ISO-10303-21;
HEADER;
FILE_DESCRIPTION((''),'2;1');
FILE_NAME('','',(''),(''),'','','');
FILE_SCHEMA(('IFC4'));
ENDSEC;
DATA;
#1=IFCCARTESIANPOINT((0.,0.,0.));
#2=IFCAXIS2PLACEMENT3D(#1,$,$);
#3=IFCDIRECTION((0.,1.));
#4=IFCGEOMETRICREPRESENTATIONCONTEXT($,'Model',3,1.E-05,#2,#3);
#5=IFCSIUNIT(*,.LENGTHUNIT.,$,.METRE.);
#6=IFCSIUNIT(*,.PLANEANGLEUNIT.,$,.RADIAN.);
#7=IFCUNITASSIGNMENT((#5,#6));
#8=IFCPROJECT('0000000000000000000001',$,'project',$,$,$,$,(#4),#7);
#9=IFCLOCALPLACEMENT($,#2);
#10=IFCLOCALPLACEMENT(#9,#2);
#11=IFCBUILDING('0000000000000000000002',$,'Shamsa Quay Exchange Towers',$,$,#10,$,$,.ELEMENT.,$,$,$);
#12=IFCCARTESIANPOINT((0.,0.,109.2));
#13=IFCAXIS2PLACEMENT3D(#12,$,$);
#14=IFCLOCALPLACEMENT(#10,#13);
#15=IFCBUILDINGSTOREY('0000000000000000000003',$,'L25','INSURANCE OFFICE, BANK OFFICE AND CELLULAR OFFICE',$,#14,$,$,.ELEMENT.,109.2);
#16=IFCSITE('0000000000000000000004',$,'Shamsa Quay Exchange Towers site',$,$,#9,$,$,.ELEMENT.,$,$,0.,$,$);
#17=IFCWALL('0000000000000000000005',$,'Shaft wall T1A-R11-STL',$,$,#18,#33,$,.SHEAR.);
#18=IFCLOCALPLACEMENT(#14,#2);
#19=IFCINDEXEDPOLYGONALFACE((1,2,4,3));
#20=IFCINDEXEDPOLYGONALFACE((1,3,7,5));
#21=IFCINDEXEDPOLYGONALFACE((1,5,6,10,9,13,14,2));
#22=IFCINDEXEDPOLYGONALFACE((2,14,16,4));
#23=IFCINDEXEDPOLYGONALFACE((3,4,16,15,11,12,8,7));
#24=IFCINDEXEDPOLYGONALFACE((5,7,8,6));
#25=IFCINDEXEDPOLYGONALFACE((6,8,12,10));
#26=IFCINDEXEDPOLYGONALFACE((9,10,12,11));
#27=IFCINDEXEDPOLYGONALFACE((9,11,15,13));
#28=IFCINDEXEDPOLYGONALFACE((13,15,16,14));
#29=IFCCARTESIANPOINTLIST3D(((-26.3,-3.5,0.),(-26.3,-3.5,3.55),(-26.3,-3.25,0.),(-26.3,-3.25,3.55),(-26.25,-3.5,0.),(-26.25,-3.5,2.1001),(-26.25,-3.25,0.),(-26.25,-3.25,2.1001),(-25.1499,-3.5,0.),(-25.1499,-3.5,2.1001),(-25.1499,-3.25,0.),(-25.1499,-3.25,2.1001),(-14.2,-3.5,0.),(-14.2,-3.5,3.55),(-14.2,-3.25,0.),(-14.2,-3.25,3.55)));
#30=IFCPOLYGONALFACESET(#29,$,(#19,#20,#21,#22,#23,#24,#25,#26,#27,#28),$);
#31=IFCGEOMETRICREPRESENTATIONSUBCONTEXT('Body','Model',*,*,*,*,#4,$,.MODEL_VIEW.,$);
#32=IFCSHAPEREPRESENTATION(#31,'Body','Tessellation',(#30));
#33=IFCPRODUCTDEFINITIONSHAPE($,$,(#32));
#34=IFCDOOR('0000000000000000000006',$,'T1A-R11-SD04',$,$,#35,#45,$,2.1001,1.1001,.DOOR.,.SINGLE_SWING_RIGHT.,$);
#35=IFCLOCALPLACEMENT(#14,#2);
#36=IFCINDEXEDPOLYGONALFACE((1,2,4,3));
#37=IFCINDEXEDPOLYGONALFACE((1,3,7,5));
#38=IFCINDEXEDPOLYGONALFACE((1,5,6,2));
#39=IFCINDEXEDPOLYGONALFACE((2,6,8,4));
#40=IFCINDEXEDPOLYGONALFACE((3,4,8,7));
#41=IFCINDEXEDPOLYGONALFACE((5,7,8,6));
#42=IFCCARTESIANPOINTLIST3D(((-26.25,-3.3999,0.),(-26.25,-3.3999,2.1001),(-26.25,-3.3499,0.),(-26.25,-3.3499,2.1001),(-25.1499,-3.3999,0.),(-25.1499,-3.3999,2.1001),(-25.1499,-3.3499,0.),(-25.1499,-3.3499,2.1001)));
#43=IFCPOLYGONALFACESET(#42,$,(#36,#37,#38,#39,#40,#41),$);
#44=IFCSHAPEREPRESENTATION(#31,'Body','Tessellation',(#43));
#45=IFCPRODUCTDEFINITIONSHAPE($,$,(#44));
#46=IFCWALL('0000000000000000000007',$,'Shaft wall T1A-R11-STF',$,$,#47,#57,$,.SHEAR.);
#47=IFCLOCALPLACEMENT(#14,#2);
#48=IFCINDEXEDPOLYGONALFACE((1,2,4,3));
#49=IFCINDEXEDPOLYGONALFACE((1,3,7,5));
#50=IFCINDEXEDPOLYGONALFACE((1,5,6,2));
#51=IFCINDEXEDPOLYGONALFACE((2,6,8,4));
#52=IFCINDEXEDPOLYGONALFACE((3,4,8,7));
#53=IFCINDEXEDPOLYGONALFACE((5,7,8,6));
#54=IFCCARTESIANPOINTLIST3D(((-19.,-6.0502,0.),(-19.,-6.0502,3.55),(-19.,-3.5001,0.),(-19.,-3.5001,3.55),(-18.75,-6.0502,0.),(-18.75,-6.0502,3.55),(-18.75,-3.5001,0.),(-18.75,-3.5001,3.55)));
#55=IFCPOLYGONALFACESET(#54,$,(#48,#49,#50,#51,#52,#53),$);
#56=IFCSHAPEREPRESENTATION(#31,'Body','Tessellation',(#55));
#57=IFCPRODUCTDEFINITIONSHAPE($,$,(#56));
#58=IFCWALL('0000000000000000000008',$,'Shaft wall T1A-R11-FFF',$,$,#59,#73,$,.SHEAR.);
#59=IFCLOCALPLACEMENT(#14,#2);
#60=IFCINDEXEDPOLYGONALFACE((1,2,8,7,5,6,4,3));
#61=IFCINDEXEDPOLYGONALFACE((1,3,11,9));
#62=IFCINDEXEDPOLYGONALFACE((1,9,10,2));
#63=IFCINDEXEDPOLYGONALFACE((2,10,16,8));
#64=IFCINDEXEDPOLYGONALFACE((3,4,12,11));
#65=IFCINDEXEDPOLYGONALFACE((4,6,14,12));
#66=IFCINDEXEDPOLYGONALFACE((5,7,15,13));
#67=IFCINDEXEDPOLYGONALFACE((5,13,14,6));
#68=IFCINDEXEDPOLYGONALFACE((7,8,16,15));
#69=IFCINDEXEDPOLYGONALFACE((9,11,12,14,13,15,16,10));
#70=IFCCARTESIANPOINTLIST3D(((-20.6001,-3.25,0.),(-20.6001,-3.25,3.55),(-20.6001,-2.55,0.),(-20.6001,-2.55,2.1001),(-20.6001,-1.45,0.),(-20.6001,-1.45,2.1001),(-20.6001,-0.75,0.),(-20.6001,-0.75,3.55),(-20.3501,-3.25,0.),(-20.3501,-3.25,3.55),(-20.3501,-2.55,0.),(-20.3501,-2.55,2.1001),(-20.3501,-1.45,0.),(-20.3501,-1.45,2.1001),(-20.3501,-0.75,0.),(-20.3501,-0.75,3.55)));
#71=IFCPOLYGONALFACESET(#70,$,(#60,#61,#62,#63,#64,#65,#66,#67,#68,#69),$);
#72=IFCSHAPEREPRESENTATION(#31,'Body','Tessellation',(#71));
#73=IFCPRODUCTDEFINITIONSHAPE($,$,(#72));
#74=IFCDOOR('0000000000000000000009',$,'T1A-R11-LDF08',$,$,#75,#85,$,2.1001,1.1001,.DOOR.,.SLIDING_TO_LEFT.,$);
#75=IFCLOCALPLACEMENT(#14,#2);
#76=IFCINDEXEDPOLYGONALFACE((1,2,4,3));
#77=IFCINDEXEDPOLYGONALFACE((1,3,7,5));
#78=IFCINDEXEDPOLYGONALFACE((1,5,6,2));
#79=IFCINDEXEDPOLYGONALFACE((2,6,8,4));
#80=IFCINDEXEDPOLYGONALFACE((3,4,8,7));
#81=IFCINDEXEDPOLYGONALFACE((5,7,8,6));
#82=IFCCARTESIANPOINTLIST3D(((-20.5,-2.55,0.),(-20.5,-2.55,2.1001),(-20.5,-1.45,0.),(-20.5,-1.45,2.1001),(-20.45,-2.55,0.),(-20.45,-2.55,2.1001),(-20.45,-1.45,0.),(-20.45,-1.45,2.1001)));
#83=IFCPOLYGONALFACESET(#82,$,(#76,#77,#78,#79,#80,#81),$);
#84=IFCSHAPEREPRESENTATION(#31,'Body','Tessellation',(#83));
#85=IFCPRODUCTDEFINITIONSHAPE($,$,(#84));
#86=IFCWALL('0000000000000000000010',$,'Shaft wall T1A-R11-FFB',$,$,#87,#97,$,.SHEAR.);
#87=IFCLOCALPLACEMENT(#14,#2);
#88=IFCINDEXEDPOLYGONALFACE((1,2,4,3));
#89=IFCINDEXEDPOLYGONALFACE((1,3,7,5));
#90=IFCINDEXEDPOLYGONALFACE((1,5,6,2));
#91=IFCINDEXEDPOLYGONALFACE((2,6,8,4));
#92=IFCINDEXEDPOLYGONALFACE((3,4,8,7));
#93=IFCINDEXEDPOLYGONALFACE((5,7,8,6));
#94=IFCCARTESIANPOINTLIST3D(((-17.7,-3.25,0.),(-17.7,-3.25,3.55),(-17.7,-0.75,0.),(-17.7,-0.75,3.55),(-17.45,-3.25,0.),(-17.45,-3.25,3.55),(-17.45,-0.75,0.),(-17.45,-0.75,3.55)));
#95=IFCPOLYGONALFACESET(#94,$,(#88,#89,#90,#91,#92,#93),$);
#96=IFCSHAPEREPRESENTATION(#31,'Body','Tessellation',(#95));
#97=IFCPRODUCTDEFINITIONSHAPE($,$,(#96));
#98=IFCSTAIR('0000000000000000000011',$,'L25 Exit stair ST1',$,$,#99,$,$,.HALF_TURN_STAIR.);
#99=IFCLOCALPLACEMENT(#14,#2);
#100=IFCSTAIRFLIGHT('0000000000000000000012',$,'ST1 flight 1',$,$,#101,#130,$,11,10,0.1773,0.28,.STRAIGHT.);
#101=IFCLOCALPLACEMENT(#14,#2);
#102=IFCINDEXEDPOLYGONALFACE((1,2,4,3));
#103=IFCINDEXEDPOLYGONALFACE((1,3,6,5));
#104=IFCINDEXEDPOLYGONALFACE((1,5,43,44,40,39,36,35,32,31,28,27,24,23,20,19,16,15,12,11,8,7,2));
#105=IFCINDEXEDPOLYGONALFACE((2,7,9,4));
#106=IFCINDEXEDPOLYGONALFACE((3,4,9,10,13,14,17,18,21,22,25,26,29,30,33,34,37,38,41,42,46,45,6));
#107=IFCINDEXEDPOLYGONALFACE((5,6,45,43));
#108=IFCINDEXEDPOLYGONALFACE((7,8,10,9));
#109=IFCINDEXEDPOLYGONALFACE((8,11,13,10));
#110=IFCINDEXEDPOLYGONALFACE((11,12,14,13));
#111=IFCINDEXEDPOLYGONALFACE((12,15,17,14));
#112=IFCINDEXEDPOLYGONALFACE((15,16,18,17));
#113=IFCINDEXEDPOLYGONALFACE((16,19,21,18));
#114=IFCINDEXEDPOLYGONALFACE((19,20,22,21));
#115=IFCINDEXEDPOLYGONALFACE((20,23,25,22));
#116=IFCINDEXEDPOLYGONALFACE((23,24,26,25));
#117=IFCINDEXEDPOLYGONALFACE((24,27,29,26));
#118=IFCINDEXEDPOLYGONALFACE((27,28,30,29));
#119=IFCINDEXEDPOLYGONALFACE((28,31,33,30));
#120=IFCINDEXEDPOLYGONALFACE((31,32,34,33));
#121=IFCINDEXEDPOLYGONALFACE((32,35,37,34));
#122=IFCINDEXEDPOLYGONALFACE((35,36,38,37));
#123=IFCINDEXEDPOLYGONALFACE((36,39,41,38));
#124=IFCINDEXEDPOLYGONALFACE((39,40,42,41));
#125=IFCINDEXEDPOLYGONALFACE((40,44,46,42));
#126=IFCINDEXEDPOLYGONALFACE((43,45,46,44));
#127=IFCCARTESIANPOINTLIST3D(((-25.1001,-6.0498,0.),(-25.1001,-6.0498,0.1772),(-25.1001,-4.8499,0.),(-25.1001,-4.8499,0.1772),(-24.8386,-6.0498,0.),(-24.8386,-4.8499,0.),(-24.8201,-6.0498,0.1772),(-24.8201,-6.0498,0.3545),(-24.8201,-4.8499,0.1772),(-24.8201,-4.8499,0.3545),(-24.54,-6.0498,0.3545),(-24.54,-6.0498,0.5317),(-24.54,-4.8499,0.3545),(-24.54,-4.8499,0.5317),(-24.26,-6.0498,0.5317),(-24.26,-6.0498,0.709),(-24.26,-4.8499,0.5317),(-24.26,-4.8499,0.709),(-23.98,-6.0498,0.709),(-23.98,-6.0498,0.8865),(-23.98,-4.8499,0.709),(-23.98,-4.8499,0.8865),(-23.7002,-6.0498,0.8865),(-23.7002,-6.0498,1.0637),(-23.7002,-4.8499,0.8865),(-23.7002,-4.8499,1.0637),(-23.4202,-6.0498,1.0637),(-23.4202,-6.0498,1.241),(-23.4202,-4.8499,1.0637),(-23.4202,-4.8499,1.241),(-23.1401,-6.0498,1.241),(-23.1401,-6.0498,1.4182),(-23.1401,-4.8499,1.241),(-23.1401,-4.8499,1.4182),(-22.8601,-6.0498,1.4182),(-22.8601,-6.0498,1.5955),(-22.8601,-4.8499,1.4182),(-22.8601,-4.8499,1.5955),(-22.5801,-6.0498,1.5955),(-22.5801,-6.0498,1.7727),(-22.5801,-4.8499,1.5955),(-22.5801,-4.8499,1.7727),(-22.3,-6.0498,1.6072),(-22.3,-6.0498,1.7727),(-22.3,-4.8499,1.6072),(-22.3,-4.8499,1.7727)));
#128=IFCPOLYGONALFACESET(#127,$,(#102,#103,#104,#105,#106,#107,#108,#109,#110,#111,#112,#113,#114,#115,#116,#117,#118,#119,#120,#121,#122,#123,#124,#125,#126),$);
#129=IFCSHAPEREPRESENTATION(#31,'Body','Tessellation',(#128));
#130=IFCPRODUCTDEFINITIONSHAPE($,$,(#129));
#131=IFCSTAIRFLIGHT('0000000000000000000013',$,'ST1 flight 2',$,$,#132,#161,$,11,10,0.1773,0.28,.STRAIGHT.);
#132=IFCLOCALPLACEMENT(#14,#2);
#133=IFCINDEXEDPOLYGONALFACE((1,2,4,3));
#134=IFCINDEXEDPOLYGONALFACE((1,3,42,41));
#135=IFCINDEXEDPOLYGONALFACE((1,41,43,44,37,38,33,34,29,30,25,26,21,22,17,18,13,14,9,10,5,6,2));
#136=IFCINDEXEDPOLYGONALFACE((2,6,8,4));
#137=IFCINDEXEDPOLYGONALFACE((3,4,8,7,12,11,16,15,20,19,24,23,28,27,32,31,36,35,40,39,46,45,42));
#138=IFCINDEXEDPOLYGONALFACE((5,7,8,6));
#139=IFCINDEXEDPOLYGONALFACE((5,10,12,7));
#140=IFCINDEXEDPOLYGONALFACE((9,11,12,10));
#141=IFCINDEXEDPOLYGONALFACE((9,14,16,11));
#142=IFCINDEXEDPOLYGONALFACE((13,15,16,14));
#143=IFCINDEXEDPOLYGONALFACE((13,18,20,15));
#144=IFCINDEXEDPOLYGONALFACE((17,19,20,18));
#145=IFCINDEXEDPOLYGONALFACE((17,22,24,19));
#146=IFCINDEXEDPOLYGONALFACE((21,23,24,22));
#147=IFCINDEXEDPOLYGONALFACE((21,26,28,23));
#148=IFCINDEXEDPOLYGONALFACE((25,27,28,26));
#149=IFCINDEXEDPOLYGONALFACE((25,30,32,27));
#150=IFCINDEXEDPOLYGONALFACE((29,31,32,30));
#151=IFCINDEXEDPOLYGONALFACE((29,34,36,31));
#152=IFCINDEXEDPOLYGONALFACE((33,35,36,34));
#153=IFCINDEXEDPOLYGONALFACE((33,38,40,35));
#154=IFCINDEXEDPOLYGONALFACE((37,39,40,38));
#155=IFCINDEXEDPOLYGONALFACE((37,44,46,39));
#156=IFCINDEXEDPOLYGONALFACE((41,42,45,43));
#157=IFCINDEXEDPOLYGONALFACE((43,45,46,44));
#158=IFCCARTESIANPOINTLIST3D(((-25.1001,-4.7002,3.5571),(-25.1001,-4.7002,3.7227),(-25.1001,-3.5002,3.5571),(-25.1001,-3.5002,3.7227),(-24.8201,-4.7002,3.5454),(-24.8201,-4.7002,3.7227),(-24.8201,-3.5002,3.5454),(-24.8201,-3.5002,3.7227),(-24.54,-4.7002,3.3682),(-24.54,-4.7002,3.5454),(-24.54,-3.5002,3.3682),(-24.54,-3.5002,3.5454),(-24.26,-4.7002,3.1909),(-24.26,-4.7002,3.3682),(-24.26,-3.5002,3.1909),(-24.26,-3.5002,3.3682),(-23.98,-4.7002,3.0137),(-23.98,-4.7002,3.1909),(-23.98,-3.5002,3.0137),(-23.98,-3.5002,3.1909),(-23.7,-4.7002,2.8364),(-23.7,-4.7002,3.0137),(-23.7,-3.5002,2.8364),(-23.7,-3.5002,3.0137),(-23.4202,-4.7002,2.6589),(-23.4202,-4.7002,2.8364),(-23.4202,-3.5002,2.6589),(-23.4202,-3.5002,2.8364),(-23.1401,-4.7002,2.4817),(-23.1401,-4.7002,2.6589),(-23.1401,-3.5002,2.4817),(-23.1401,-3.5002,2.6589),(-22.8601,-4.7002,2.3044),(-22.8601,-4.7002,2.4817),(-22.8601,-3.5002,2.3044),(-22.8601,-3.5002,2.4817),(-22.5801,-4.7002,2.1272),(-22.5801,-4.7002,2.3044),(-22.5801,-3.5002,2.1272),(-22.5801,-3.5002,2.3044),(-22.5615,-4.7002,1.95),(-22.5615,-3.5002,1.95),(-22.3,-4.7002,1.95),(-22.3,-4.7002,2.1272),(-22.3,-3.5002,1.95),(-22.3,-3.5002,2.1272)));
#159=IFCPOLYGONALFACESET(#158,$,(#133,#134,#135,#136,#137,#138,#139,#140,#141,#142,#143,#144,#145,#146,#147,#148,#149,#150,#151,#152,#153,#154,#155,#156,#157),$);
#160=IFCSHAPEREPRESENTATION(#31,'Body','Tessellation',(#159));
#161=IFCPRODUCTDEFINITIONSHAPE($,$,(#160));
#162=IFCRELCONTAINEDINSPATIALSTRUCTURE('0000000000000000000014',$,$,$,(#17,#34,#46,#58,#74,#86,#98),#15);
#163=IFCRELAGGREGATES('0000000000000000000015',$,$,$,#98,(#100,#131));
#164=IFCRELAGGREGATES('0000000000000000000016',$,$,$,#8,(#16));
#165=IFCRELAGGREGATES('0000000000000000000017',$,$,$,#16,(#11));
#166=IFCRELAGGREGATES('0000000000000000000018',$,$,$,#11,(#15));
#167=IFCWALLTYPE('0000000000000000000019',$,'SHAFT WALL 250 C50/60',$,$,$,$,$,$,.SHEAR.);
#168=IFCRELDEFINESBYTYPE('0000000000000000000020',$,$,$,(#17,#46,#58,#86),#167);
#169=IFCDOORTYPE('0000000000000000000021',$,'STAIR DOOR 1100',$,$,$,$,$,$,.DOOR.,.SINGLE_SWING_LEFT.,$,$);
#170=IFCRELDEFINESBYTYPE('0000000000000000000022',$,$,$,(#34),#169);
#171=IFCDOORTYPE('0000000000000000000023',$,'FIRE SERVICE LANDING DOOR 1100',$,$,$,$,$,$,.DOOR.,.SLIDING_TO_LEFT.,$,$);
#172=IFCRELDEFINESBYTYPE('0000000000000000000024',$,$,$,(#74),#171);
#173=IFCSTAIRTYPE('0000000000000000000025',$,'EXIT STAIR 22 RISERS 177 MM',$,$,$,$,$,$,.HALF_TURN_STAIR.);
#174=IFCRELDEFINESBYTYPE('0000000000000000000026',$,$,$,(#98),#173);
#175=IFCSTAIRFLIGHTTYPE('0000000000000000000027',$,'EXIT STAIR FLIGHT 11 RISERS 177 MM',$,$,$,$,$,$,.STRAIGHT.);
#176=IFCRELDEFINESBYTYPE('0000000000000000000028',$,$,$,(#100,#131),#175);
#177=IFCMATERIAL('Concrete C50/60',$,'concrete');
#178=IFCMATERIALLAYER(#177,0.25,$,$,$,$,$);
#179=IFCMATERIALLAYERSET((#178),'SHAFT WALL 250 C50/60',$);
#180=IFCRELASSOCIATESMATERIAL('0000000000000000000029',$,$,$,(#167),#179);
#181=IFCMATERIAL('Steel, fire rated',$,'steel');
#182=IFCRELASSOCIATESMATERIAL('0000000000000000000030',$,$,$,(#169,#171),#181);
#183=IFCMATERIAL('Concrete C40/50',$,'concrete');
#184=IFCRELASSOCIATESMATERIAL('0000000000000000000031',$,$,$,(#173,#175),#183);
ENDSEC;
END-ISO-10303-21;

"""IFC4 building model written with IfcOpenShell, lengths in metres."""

from ifc_helpers import new_model, si_unit, direction, frame, frame_2d, origin, place, context, subcontext, project, spatial, polyline, rectangle, outline, extrude, material, layer, layer_set, type_object, element, fill, aggregate, save


model = new_model("IFC4")

# Units and contexts
model_context = context("Model", 3, precision=1e-05, world=origin(), true_north=direction((0.0, 1.0)))
body_context = subcontext(model_context, "Body", "Model", "MODEL_VIEW")
ifc_project = project(units=[si_unit("LENGTHUNIT", "METRE"), si_unit("PLANEANGLEUNIT", "RADIAN")], contexts=[model_context])

# Site, building, storey
site_placement = place(None, origin())
site = spatial("IfcSite", under=ifc_project, at=site_placement, Name="Shamsa Quay Exchange Towers site", CompositionType="ELEMENT", RefElevation=0.0)
building_placement = place(site_placement, origin())
building = spatial("IfcBuilding", under=site, at=building_placement, Name="Shamsa Quay Exchange Towers", CompositionType="ELEMENT")
storey_placement = place(building_placement, frame((0.0, 0.0, 109.2)))
storey = spatial("IfcBuildingStorey", under=building, at=storey_placement, Name="L25", Description="INSURANCE OFFICE, BANK OFFICE AND CELLULAR OFFICE", CompositionType="ELEMENT", Elevation=109.2)

# Wall, opening, door
ifc_material_1 = material(Name="Concrete C50/60", Category="concrete")
ifc_layer_1 = layer(ifc_material_1, 0.25)
ifc_layer_set_1 = layer_set([ifc_layer_1], Name="SHAFT WALL 250 C50/60")
wall_type_1 = type_object("IfcWallType", Name="SHAFT WALL 250 C50/60", PredefinedType="SHEAR", material=ifc_layer_set_1)
wall_1_placement = place(storey_placement, frame((-14.2, -3.375, 0.0), z_axis=(0.0, 0.0, 1.0), x_axis=(-1.0, 0.0, 0.0)))
wall_1 = element("IfcWall", 1, at=wall_1_placement, inside=storey, type_object=wall_type_1, Name="Shaft wall T1A-R11-STL", PredefinedType="SHEAR", context=body_context, shape_type="SweptSolid", body=[
    extrude(rectangle(XDim=12.1001, YDim=0.25, at=frame_2d((6.05, 0.0))), origin(), (0.0, 0.0, 1.0), 3.55),
])
opening_1_placement = place(wall_1_placement, frame((10.95, 0.0, 0.0)))
opening_1 = element("IfcOpeningElement", 2, at=opening_1_placement, cuts=wall_1, PredefinedType="OPENING", context=body_context, shape_type="SweptSolid", body=[
    extrude(rectangle(XDim=1.1001, YDim=2.1001, at=frame_2d((0.55, 1.05))), frame((0.0, 0.135, 0.0), z_axis=(0.0, -1.0, 0.0), x_axis=(1.0, 0.0, 0.0)), (0.0, 0.0, 1.0), 0.27),
])
ifc_material_2 = material(Name="Steel, fire rated", Category="steel")
door_type_1 = type_object("IfcDoorType", Name="STAIR DOOR 1100", OperationType="SINGLE_SWING_LEFT", PredefinedType="DOOR", material=ifc_material_2)
door_1_placement = place(opening_1_placement, origin())
door_1 = element("IfcDoor", 3, at=door_1_placement, inside=storey, type_object=door_type_1, Name="T1A-R11-SD04", OperationType="SINGLE_SWING_RIGHT", OverallHeight=2.1001, OverallWidth=1.1001, PredefinedType="DOOR", context=body_context, shape_type="SweptSolid", body=[
    extrude(rectangle(XDim=1.1001, YDim=2.1001, at=frame_2d((0.55, 1.05))), frame((0.0, 0.0249, 0.0), z_axis=(0.0, -1.0, 0.0), x_axis=(1.0, 0.0, 0.0)), (0.0, 0.0, 1.0), 0.05),
])
fill(opening_1, door_1)

# Wall
wall_2_placement = place(storey_placement, frame((-18.875, -6.05, 0.0), z_axis=(0.0, 0.0, 1.0), x_axis=(0.0, 1.0, 0.0)))
element("IfcWall", 4, at=wall_2_placement, inside=storey, type_object=wall_type_1, Name="Shaft wall T1A-R11-STF", PredefinedType="SHEAR", context=body_context, shape_type="SweptSolid", body=[
    extrude(rectangle(XDim=2.55, YDim=0.25, at=frame_2d((1.2749, 0.0))), origin(), (0.0, 0.0, 1.0), 3.55),
])

# Wall, opening, door
wall_3_placement = place(storey_placement, frame((-20.4751, -3.25, 0.0), z_axis=(0.0, 0.0, 1.0), x_axis=(0.0, 1.0, 0.0)))
wall_3 = element("IfcWall", 5, at=wall_3_placement, inside=storey, type_object=wall_type_1, Name="Shaft wall T1A-R11-FFF", PredefinedType="SHEAR", context=body_context, shape_type="SweptSolid", body=[
    extrude(rectangle(XDim=2.5, YDim=0.25, at=frame_2d((1.25, 0.0))), origin(), (0.0, 0.0, 1.0), 3.55),
])
opening_2_placement = place(wall_3_placement, frame((0.7, 0.0, 0.0)))
opening_2 = element("IfcOpeningElement", 6, at=opening_2_placement, cuts=wall_3, PredefinedType="OPENING", context=body_context, shape_type="SweptSolid", body=[
    extrude(rectangle(XDim=1.1001, YDim=2.1001, at=frame_2d((0.55, 1.05))), frame((0.0, 0.135, 0.0), z_axis=(0.0, -1.0, 0.0), x_axis=(1.0, 0.0, 0.0)), (0.0, 0.0, 1.0), 0.27),
])
door_type_2 = type_object("IfcDoorType", Name="FIRE SERVICE LANDING DOOR 1100", OperationType="SLIDING_TO_LEFT", PredefinedType="DOOR", material=ifc_material_2)
door_2_placement = place(opening_2_placement, origin())
door_2 = element("IfcDoor", 7, at=door_2_placement, inside=storey, type_object=door_type_2, Name="T1A-R11-LDF08", OperationType="SLIDING_TO_LEFT", OverallHeight=2.1001, OverallWidth=1.1001, PredefinedType="DOOR", context=body_context, shape_type="SweptSolid", body=[
    extrude(rectangle(XDim=1.1001, YDim=2.1001, at=frame_2d((0.55, 1.05))), frame((0.0, 0.0249, 0.0), z_axis=(0.0, -1.0, 0.0), x_axis=(1.0, 0.0, 0.0)), (0.0, 0.0, 1.0), 0.05),
])
fill(opening_2, door_2)

# Wall
wall_4_placement = place(storey_placement, frame((-17.575, -3.25, 0.0), z_axis=(0.0, 0.0, 1.0), x_axis=(0.0, 1.0, 0.0)))
element("IfcWall", 8, at=wall_4_placement, inside=storey, type_object=wall_type_1, Name="Shaft wall T1A-R11-FFB", PredefinedType="SHEAR", context=body_context, shape_type="SweptSolid", body=[
    extrude(rectangle(XDim=2.5, YDim=0.25, at=frame_2d((1.25, 0.0))), origin(), (0.0, 0.0, 1.0), 3.55),
])

# Stair, stair flights
ifc_material_3 = material(Name="Concrete C40/50", Category="concrete")
stair_type = type_object("IfcStairType", Name="EXIT STAIR 22 RISERS 177 MM", PredefinedType="HALF_TURN_STAIR", material=ifc_material_3)
stair_placement = place(storey_placement, origin())
stair = element("IfcStair", 9, at=stair_placement, inside=storey, type_object=stair_type, Name="L25 Exit stair ST1", PredefinedType="HALF_TURN_STAIR")
stair_flight_type = type_object("IfcStairFlightType", Name="EXIT STAIR FLIGHT 11 RISERS 177 MM", PredefinedType="STRAIGHT", material=ifc_material_3)
stair_flight_1_placement = place(storey_placement, frame((-25.1001, -5.45, 0.0)))
stair_flight_1 = element("IfcStairFlight", 10, at=stair_flight_1_placement, type_object=stair_flight_type, Name="ST1 flight 1", NumberOfRisers=11, NumberOfTreads=10, PredefinedType="STRAIGHT", RiserHeight=0.1773, TreadLength=0.28, context=body_context, shape_type="SweptSolid", body=[
    extrude(outline(polyline([(0.0, 0.0), (0.0, 0.1772), (0.28, 0.1772), (0.28, 0.3545), (0.5601, 0.3545), (0.5601, 0.5317), (0.8401, 0.5317), (0.8401, 0.709), (1.1201, 0.709), (1.1201, 0.8865), (1.3999, 0.8865), (1.3999, 1.0637), (1.6799, 1.0637), (1.6799, 1.241), (1.96, 1.241), (1.96, 1.4182), (2.24, 1.4182), (2.24, 1.5955), (2.52, 1.5955), (2.52, 1.7727), (2.8, 1.7727), (2.8, 1.95), (2.8, 1.6072), (0.2615, 0.0), (0.0, 0.0)])), frame((0.0, 0.6001, 0.0), z_axis=(0.0, -1.0, 0.0), x_axis=(1.0, 0.0, 0.0)), (0.0, 0.0, 1.0), 1.2),
])
stair_flight_2_placement = place(storey_placement, frame((-22.3, -4.1001, 1.95), z_axis=(0.0, 0.0, 1.0), x_axis=(-1.0, 0.0, 0.0)))
stair_flight_2 = element("IfcStairFlight", 11, at=stair_flight_2_placement, type_object=stair_flight_type, Name="ST1 flight 2", NumberOfRisers=11, NumberOfTreads=10, PredefinedType="STRAIGHT", RiserHeight=0.1773, TreadLength=0.28, context=body_context, shape_type="SweptSolid", body=[
    extrude(outline(polyline([(0.0, 0.0), (0.0, 0.1772), (0.28, 0.1772), (0.28, 0.3545), (0.5601, 0.3545), (0.5601, 0.5317), (0.8401, 0.5317), (0.8401, 0.709), (1.1201, 0.709), (1.1201, 0.8865), (1.3999, 0.8865), (1.3999, 1.0637), (1.6799, 1.0637), (1.6799, 1.241), (1.96, 1.241), (1.96, 1.4182), (2.24, 1.4182), (2.24, 1.5955), (2.52, 1.5955), (2.52, 1.7727), (2.8, 1.7727), (2.8, 1.95), (2.8, 1.6072), (0.2615, 0.0), (0.0, 0.0)])), frame((0.0, 0.6001, 0.0), z_axis=(0.0, -1.0, 0.0), x_axis=(1.0, 0.0, 0.0)), (0.0, 0.0, 1.0), 1.2),
])
aggregate(stair, [stair_flight_1, stair_flight_2])

save(model, "model.ifc")
